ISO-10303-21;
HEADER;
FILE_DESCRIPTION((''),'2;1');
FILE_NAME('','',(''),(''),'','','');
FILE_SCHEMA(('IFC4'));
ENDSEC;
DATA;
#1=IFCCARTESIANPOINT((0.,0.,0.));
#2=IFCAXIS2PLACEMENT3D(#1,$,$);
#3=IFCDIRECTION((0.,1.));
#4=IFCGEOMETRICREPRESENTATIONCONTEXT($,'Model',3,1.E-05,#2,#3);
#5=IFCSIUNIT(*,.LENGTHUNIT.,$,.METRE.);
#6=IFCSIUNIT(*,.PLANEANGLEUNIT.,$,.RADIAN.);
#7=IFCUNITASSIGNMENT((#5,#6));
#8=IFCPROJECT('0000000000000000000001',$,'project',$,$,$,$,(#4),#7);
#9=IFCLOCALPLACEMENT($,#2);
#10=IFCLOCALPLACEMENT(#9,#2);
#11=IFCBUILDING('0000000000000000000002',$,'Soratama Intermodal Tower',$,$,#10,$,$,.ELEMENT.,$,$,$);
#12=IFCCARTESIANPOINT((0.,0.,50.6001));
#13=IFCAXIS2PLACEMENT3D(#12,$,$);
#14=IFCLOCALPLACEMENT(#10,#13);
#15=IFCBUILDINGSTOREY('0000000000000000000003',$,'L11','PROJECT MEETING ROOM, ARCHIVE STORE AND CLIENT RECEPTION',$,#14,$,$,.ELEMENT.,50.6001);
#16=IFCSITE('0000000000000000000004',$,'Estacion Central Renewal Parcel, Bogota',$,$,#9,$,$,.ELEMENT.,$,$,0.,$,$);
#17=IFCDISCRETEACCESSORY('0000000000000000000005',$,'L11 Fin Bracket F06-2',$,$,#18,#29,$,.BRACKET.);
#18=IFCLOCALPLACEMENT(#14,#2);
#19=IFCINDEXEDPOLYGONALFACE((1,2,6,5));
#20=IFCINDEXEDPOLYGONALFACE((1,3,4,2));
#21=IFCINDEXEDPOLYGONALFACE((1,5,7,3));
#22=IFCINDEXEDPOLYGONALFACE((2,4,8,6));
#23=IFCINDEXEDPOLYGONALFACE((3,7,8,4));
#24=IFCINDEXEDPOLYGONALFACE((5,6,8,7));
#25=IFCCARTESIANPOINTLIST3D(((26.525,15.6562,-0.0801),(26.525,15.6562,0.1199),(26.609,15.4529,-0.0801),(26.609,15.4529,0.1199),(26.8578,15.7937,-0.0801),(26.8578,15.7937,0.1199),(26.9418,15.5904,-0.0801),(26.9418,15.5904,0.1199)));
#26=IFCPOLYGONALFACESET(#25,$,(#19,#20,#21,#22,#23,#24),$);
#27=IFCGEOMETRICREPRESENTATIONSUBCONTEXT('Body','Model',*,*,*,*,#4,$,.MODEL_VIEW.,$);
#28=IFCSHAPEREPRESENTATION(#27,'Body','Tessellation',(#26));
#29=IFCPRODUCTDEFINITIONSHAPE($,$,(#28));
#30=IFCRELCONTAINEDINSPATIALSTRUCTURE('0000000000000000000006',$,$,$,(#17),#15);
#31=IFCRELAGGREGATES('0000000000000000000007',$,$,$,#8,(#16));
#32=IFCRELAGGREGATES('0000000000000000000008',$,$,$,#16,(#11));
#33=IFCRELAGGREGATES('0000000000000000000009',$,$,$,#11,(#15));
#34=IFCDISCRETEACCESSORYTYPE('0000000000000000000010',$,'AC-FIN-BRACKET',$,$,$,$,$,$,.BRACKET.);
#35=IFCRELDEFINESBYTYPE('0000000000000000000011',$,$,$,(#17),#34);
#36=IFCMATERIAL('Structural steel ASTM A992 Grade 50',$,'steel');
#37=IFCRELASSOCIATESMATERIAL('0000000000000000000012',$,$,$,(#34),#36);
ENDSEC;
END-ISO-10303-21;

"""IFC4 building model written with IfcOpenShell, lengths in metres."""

from ifc_helpers import new_model, si_unit, direction, frame, origin, origin_2d, place, context, subcontext, project, spatial, rectangle, extrude, material, type_object, element, save


model = new_model("IFC4")

# Units and contexts
model_context = context("Model", 3, precision=1e-05, world=origin(), true_north=direction((0.0, 1.0)))
body_context = subcontext(model_context, "Body", "Model", "MODEL_VIEW")
ifc_project = project(units=[si_unit("LENGTHUNIT", "METRE"), si_unit("PLANEANGLEUNIT", "RADIAN")], contexts=[model_context])

# Site, building, storey
site_placement = place(None, origin())
site = spatial("IfcSite", under=ifc_project, at=site_placement, Name="Estacion Central Renewal Parcel, Bogota", CompositionType="ELEMENT", RefElevation=0.0)
building_placement = place(site_placement, origin())
building = spatial("IfcBuilding", under=site, at=building_placement, Name="Soratama Intermodal Tower", CompositionType="ELEMENT")
storey_placement = place(building_placement, frame((0.0, 0.0, 50.6001)))
storey = spatial("IfcBuildingStorey", under=building, at=storey_placement, Name="L11", Description="PROJECT MEETING ROOM, ARCHIVE STORE AND CLIENT RECEPTION", CompositionType="ELEMENT", Elevation=50.6001)

# Discrete accessory
ifc_material_1 = material(Name="Structural steel ASTM A992 Grade 50", Category="steel")
discrete_accessory_type = type_object("IfcDiscreteAccessoryType", Name="AC-FIN-BRACKET", PredefinedType="BRACKET", material=ifc_material_1)
discrete_accessory_placement = place(storey_placement, frame((26.7334, 15.6233, -0.0801), z_axis=(0.0, 0.0, 1.0), x_axis=(-0.92428, -0.381716, 0.0)))
element("IfcDiscreteAccessory", 1, at=discrete_accessory_placement, inside=storey, type_object=discrete_accessory_type, Name="L11 Fin Bracket F06-2", PredefinedType="BRACKET", context=body_context, shape_type="SweptSolid", body=[
    extrude(rectangle(XDim=0.3601, YDim=0.22, at=origin_2d()), origin(), (0.0, 0.0, 1.0), 0.2),
])

save(model, "model.ifc")
